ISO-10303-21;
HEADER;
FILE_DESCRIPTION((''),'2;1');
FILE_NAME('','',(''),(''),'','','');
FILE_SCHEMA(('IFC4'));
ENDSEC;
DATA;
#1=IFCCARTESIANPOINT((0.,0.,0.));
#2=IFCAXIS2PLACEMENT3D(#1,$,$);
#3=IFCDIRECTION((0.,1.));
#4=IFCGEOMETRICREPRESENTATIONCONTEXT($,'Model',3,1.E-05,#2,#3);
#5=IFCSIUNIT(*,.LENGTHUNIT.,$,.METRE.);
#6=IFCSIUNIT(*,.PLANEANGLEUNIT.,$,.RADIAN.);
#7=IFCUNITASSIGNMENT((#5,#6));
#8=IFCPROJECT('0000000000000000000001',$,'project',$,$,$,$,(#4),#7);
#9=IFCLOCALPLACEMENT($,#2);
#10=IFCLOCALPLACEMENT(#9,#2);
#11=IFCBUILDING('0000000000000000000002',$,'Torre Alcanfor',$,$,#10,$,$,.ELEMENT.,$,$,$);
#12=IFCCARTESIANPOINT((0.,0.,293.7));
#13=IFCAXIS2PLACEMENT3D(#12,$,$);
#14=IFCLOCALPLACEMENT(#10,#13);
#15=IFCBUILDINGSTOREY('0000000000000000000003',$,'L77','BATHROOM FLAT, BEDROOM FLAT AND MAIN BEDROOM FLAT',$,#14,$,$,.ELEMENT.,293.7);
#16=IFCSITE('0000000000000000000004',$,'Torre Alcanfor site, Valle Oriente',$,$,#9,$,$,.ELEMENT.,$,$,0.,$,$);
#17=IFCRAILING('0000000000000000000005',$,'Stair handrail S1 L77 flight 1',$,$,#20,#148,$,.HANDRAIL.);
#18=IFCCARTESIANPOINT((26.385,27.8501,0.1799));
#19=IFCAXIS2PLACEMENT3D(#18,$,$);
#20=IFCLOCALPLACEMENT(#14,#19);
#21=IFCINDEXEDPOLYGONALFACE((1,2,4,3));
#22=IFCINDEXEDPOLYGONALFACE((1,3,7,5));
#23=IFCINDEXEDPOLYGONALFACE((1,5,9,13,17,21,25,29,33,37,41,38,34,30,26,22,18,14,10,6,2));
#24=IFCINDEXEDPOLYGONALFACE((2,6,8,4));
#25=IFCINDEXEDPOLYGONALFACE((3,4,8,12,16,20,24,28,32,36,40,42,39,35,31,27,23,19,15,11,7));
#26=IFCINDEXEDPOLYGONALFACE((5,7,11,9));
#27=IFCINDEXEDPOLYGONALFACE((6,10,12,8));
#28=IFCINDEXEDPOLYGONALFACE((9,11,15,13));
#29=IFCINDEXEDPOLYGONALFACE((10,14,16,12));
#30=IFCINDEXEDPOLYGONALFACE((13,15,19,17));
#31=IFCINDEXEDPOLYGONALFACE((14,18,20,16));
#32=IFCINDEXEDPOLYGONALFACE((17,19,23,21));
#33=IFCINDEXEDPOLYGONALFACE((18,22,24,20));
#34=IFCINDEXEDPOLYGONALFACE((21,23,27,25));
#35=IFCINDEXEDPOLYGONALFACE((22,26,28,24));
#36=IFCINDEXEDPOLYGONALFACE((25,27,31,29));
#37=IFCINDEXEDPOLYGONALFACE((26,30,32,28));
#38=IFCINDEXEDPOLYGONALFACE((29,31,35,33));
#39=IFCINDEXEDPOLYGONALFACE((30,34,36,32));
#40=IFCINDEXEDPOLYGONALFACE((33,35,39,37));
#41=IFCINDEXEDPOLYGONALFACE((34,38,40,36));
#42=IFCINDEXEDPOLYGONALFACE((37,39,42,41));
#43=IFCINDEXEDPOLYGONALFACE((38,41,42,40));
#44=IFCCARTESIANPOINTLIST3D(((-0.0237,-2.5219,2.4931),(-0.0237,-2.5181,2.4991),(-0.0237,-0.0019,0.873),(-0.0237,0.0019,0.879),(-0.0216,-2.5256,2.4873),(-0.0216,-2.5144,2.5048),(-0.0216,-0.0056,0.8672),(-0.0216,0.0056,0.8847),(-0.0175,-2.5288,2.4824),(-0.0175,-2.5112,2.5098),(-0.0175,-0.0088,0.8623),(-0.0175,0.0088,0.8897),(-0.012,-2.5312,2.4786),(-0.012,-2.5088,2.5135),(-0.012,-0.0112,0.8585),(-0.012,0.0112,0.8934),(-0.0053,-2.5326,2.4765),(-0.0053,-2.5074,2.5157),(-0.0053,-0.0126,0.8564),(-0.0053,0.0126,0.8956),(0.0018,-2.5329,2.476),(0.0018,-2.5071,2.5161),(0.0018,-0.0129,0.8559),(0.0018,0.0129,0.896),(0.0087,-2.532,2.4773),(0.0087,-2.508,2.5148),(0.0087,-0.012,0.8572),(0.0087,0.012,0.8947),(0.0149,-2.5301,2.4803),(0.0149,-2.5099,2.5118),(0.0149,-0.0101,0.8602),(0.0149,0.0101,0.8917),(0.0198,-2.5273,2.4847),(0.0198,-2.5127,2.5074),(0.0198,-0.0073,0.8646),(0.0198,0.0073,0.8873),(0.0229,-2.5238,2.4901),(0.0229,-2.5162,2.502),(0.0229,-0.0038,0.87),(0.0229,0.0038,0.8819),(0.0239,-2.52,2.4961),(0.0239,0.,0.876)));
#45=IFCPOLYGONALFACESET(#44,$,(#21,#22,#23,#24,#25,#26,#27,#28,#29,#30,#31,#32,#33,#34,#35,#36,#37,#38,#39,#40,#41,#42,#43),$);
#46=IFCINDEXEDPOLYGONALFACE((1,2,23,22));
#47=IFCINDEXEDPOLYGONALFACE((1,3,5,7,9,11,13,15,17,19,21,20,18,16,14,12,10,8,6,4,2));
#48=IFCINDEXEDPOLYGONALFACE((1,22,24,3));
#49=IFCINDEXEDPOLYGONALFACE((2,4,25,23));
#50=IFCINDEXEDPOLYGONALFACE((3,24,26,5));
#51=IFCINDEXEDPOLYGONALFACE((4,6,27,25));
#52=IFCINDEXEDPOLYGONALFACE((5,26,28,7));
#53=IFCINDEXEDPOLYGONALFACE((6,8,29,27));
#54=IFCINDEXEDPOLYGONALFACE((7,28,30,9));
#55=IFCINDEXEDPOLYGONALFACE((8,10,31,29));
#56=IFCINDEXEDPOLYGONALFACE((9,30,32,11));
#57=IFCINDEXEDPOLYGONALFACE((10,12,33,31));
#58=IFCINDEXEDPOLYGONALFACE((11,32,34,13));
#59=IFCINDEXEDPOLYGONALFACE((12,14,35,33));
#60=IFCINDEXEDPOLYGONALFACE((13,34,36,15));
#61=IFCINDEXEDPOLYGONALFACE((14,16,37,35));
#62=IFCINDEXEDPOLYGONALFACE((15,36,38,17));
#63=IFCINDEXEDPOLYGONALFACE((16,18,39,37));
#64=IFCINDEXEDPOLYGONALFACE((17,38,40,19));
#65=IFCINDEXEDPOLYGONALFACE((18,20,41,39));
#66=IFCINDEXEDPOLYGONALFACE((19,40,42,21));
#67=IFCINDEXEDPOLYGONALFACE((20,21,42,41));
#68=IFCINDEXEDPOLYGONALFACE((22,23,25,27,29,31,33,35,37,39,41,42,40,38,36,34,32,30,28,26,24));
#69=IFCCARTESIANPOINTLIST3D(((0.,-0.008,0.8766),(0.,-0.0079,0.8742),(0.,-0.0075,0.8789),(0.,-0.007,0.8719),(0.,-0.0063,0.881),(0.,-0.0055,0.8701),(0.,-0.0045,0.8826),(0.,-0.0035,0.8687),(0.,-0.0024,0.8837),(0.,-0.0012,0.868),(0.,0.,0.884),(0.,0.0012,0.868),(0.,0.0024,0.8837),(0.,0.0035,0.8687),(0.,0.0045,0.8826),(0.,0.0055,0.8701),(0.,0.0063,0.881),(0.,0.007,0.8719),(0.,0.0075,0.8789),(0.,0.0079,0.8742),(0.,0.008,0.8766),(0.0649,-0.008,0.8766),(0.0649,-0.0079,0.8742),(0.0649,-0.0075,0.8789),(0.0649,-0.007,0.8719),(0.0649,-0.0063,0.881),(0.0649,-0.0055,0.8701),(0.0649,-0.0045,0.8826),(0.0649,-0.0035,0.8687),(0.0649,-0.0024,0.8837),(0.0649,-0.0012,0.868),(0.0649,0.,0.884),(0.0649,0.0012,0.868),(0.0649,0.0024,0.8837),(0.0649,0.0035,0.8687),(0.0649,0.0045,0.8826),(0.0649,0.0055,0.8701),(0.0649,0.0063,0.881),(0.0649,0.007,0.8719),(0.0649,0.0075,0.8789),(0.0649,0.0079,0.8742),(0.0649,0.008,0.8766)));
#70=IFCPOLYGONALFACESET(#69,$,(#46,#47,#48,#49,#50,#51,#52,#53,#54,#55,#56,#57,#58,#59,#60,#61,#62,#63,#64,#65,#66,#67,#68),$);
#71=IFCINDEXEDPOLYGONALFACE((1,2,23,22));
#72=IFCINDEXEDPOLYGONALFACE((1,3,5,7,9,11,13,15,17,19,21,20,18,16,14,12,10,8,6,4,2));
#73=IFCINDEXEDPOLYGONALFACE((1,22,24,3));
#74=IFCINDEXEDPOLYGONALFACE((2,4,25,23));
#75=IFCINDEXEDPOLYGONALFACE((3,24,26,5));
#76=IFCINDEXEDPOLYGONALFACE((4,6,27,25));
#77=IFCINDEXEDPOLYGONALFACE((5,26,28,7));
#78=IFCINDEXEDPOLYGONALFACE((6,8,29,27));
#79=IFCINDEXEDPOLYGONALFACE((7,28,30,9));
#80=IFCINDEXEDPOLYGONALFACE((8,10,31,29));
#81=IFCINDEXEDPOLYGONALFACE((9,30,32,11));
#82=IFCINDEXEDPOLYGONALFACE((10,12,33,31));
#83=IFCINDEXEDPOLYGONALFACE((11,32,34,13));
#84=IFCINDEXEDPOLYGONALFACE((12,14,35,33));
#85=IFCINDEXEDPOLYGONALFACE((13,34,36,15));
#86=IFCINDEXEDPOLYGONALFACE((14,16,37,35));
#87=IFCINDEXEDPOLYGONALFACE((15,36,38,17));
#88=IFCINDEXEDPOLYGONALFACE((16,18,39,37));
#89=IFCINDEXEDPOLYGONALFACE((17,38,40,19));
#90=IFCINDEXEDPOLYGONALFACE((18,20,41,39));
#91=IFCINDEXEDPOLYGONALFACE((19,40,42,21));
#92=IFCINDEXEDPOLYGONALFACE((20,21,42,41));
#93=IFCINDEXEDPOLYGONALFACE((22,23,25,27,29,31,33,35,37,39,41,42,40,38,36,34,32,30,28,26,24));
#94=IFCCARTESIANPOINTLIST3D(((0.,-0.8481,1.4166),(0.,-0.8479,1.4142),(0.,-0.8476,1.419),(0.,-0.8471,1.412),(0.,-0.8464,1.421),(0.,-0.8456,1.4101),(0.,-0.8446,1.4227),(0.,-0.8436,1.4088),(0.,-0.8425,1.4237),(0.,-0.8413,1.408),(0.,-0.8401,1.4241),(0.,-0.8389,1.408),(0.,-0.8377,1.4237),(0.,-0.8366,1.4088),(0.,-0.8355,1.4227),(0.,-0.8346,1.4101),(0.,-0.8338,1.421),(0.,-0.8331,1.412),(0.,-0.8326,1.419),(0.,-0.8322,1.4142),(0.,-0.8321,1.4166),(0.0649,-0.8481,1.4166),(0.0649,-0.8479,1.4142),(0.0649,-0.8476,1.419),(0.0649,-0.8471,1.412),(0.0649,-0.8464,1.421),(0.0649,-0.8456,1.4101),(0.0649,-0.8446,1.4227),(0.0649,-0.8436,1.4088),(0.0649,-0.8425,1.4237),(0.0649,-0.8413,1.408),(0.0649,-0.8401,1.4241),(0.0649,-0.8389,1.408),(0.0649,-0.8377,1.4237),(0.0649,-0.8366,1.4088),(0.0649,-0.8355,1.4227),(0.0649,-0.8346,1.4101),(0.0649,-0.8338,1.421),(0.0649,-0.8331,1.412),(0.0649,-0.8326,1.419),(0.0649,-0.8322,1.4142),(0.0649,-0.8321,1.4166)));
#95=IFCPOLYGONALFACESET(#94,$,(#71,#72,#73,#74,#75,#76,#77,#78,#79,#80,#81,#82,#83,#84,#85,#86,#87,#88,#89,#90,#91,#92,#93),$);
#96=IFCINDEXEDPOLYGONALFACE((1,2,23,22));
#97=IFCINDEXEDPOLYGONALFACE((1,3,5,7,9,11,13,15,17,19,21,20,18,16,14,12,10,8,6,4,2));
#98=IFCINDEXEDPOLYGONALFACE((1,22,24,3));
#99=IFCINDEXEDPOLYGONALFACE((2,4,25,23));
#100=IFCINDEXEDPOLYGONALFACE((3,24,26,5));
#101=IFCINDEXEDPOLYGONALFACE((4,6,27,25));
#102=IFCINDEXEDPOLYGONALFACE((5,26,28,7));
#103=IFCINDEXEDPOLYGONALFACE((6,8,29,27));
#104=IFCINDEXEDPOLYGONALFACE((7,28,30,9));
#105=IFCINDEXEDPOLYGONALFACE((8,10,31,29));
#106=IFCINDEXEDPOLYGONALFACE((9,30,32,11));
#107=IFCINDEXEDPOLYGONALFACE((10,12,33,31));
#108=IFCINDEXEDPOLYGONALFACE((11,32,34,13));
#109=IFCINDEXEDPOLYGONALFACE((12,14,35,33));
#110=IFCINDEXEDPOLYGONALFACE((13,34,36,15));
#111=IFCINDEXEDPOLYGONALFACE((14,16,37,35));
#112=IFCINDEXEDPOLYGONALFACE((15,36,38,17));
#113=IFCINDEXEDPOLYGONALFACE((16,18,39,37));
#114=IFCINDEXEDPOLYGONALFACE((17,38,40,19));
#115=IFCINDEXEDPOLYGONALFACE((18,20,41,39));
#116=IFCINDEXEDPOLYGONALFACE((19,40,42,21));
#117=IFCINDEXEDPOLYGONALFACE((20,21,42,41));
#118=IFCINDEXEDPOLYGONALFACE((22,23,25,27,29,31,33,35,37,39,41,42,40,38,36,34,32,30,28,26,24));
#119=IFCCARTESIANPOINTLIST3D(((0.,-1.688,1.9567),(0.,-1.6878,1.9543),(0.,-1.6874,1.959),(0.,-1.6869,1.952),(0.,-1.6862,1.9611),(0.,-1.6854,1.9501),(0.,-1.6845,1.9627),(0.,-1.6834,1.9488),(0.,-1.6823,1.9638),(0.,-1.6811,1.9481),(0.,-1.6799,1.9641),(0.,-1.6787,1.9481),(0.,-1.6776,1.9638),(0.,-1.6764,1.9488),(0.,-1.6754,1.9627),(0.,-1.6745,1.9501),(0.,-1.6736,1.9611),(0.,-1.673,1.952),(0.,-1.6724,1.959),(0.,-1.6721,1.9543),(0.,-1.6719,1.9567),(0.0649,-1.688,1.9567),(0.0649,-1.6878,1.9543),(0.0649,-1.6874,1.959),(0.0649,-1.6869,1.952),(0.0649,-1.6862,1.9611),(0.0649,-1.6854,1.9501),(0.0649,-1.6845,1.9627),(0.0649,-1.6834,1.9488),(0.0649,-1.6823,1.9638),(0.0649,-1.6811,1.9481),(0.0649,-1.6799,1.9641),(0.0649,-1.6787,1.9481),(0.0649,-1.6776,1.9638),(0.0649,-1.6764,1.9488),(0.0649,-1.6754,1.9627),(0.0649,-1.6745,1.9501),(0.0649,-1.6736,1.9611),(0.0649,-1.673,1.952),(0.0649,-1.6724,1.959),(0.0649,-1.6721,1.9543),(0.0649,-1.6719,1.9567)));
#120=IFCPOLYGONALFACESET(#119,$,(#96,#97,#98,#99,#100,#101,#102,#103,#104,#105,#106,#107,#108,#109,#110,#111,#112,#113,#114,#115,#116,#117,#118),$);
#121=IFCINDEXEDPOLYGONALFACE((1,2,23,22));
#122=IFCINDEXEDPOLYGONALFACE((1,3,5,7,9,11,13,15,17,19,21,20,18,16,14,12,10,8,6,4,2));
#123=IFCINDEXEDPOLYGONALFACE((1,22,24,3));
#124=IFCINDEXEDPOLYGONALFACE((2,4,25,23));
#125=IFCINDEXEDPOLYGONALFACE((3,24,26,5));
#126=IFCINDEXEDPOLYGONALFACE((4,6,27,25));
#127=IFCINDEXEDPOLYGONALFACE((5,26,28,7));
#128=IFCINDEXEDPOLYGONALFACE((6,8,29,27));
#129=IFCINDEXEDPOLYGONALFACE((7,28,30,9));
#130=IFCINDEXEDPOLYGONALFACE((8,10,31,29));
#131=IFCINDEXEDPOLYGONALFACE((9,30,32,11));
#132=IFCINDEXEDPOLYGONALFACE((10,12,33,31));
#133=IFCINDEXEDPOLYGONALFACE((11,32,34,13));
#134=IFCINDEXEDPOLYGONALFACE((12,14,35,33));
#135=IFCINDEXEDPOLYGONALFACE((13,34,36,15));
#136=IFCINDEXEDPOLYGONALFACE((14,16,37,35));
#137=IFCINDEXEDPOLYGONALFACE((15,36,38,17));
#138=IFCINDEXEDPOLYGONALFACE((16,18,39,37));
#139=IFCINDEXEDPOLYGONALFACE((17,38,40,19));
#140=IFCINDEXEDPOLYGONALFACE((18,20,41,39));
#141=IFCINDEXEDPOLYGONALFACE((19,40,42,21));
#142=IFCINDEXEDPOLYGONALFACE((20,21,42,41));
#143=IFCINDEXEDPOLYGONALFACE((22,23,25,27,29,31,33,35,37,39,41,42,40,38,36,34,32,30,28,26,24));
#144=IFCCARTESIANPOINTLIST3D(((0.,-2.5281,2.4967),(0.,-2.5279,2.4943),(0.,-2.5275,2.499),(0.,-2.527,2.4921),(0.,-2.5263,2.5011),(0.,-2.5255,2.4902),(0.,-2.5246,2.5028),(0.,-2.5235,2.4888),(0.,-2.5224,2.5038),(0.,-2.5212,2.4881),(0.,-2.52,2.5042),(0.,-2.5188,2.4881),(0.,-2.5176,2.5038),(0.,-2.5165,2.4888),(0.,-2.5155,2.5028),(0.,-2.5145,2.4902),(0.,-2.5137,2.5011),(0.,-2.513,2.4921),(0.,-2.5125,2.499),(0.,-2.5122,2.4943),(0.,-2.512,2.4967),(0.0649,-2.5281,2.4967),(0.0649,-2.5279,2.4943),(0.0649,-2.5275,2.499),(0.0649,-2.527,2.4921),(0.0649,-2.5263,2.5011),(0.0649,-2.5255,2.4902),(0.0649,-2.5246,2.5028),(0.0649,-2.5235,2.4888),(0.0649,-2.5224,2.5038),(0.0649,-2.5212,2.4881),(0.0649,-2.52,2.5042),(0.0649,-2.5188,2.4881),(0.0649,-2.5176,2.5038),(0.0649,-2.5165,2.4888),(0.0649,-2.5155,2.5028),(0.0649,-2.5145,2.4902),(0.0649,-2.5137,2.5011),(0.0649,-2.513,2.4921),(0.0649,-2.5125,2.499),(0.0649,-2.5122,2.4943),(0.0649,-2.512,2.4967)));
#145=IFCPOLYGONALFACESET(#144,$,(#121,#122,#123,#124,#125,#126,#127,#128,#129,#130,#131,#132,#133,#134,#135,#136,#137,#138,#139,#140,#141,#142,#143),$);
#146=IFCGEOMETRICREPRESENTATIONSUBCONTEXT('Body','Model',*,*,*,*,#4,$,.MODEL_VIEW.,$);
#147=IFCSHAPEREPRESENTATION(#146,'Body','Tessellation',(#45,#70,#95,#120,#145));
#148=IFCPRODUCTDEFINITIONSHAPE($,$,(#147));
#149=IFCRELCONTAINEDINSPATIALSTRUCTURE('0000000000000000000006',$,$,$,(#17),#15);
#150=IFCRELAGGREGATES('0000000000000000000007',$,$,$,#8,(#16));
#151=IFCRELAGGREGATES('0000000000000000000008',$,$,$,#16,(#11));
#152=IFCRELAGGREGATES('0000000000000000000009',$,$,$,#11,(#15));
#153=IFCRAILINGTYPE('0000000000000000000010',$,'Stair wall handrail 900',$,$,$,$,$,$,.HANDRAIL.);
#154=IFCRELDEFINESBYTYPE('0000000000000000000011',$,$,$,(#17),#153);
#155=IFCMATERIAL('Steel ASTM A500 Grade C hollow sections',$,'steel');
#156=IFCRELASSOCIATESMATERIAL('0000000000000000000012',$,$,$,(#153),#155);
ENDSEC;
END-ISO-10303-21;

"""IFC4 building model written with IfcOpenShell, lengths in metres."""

from ifc_helpers import new_model, si_unit, direction, frame, origin, origin_2d, place, context, subcontext, project, spatial, circle, extrude, material, type_object, element, save


model = new_model("IFC4")

# Units and contexts
model_context = context("Model", 3, precision=1e-05, world=origin(), true_north=direction((0.0, 1.0)))
body_context = subcontext(model_context, "Body", "Model", "MODEL_VIEW")
ifc_project = project(units=[si_unit("LENGTHUNIT", "METRE"), si_unit("PLANEANGLEUNIT", "RADIAN")], contexts=[model_context])

# Site, building, storey
site_placement = place(None, origin())
site = spatial("IfcSite", under=ifc_project, at=site_placement, Name="Torre Alcanfor site, Valle Oriente", CompositionType="ELEMENT", RefElevation=0.0)
building_placement = place(site_placement, origin())
building = spatial("IfcBuilding", under=site, at=building_placement, Name="Torre Alcanfor", CompositionType="ELEMENT")
storey_placement = place(building_placement, frame((0.0, 0.0, 293.7)))
storey = spatial("IfcBuildingStorey", under=building, at=storey_placement, Name="L77", Description="BATHROOM FLAT, BEDROOM FLAT AND MAIN BEDROOM FLAT", CompositionType="ELEMENT", Elevation=293.7)

# Railing
ifc_material_1 = material(Name="Steel ASTM A500 Grade C hollow sections", Category="steel")
railing_type_1 = type_object("IfcRailingType", Name="Stair wall handrail 900", PredefinedType="HANDRAIL", material=ifc_material_1)
railing_1_placement = place(storey_placement, frame((26.385, 27.8501, 0.1799)))
element("IfcRailing", 1, at=railing_1_placement, inside=storey, type_object=railing_type_1, Name="Stair handrail S1 L77 flight 1", PredefinedType="HANDRAIL", context=body_context, shape_type="SweptSolid", body=[
    extrude(circle(Radius=0.0239, at=origin_2d()), frame((0.0, 0.0, 0.876), z_axis=(0.0, -0.841163, 0.540782), x_axis=(1.0, 0.0, 0.0)), (0.0, 0.0, 1.0), 2.9958),
    extrude(circle(Radius=0.0081, at=origin_2d()), frame((0.0, 0.0, 0.876), z_axis=(1.0, 0.0, 0.0), x_axis=(0.0, 0.0, 1.0)), (0.0, 0.0, 1.0), 0.0649),
    extrude(circle(Radius=0.0081, at=origin_2d()), frame((0.0, -0.8401, 1.416), z_axis=(1.0, 0.0, 0.0), x_axis=(0.0, 0.0, 1.0)), (0.0, 0.0, 1.0), 0.0649),
    extrude(circle(Radius=0.0081, at=origin_2d()), frame((0.0, -1.6799, 1.9561), z_axis=(1.0, 0.0, 0.0), x_axis=(0.0, 0.0, 1.0)), (0.0, 0.0, 1.0), 0.0649),
    extrude(circle(Radius=0.0081, at=origin_2d()), frame((0.0, -2.52, 2.4961), z_axis=(1.0, 0.0, 0.0), x_axis=(0.0, 0.0, 1.0)), (0.0, 0.0, 1.0), 0.0649),
])

save(model, "model.ifc")
